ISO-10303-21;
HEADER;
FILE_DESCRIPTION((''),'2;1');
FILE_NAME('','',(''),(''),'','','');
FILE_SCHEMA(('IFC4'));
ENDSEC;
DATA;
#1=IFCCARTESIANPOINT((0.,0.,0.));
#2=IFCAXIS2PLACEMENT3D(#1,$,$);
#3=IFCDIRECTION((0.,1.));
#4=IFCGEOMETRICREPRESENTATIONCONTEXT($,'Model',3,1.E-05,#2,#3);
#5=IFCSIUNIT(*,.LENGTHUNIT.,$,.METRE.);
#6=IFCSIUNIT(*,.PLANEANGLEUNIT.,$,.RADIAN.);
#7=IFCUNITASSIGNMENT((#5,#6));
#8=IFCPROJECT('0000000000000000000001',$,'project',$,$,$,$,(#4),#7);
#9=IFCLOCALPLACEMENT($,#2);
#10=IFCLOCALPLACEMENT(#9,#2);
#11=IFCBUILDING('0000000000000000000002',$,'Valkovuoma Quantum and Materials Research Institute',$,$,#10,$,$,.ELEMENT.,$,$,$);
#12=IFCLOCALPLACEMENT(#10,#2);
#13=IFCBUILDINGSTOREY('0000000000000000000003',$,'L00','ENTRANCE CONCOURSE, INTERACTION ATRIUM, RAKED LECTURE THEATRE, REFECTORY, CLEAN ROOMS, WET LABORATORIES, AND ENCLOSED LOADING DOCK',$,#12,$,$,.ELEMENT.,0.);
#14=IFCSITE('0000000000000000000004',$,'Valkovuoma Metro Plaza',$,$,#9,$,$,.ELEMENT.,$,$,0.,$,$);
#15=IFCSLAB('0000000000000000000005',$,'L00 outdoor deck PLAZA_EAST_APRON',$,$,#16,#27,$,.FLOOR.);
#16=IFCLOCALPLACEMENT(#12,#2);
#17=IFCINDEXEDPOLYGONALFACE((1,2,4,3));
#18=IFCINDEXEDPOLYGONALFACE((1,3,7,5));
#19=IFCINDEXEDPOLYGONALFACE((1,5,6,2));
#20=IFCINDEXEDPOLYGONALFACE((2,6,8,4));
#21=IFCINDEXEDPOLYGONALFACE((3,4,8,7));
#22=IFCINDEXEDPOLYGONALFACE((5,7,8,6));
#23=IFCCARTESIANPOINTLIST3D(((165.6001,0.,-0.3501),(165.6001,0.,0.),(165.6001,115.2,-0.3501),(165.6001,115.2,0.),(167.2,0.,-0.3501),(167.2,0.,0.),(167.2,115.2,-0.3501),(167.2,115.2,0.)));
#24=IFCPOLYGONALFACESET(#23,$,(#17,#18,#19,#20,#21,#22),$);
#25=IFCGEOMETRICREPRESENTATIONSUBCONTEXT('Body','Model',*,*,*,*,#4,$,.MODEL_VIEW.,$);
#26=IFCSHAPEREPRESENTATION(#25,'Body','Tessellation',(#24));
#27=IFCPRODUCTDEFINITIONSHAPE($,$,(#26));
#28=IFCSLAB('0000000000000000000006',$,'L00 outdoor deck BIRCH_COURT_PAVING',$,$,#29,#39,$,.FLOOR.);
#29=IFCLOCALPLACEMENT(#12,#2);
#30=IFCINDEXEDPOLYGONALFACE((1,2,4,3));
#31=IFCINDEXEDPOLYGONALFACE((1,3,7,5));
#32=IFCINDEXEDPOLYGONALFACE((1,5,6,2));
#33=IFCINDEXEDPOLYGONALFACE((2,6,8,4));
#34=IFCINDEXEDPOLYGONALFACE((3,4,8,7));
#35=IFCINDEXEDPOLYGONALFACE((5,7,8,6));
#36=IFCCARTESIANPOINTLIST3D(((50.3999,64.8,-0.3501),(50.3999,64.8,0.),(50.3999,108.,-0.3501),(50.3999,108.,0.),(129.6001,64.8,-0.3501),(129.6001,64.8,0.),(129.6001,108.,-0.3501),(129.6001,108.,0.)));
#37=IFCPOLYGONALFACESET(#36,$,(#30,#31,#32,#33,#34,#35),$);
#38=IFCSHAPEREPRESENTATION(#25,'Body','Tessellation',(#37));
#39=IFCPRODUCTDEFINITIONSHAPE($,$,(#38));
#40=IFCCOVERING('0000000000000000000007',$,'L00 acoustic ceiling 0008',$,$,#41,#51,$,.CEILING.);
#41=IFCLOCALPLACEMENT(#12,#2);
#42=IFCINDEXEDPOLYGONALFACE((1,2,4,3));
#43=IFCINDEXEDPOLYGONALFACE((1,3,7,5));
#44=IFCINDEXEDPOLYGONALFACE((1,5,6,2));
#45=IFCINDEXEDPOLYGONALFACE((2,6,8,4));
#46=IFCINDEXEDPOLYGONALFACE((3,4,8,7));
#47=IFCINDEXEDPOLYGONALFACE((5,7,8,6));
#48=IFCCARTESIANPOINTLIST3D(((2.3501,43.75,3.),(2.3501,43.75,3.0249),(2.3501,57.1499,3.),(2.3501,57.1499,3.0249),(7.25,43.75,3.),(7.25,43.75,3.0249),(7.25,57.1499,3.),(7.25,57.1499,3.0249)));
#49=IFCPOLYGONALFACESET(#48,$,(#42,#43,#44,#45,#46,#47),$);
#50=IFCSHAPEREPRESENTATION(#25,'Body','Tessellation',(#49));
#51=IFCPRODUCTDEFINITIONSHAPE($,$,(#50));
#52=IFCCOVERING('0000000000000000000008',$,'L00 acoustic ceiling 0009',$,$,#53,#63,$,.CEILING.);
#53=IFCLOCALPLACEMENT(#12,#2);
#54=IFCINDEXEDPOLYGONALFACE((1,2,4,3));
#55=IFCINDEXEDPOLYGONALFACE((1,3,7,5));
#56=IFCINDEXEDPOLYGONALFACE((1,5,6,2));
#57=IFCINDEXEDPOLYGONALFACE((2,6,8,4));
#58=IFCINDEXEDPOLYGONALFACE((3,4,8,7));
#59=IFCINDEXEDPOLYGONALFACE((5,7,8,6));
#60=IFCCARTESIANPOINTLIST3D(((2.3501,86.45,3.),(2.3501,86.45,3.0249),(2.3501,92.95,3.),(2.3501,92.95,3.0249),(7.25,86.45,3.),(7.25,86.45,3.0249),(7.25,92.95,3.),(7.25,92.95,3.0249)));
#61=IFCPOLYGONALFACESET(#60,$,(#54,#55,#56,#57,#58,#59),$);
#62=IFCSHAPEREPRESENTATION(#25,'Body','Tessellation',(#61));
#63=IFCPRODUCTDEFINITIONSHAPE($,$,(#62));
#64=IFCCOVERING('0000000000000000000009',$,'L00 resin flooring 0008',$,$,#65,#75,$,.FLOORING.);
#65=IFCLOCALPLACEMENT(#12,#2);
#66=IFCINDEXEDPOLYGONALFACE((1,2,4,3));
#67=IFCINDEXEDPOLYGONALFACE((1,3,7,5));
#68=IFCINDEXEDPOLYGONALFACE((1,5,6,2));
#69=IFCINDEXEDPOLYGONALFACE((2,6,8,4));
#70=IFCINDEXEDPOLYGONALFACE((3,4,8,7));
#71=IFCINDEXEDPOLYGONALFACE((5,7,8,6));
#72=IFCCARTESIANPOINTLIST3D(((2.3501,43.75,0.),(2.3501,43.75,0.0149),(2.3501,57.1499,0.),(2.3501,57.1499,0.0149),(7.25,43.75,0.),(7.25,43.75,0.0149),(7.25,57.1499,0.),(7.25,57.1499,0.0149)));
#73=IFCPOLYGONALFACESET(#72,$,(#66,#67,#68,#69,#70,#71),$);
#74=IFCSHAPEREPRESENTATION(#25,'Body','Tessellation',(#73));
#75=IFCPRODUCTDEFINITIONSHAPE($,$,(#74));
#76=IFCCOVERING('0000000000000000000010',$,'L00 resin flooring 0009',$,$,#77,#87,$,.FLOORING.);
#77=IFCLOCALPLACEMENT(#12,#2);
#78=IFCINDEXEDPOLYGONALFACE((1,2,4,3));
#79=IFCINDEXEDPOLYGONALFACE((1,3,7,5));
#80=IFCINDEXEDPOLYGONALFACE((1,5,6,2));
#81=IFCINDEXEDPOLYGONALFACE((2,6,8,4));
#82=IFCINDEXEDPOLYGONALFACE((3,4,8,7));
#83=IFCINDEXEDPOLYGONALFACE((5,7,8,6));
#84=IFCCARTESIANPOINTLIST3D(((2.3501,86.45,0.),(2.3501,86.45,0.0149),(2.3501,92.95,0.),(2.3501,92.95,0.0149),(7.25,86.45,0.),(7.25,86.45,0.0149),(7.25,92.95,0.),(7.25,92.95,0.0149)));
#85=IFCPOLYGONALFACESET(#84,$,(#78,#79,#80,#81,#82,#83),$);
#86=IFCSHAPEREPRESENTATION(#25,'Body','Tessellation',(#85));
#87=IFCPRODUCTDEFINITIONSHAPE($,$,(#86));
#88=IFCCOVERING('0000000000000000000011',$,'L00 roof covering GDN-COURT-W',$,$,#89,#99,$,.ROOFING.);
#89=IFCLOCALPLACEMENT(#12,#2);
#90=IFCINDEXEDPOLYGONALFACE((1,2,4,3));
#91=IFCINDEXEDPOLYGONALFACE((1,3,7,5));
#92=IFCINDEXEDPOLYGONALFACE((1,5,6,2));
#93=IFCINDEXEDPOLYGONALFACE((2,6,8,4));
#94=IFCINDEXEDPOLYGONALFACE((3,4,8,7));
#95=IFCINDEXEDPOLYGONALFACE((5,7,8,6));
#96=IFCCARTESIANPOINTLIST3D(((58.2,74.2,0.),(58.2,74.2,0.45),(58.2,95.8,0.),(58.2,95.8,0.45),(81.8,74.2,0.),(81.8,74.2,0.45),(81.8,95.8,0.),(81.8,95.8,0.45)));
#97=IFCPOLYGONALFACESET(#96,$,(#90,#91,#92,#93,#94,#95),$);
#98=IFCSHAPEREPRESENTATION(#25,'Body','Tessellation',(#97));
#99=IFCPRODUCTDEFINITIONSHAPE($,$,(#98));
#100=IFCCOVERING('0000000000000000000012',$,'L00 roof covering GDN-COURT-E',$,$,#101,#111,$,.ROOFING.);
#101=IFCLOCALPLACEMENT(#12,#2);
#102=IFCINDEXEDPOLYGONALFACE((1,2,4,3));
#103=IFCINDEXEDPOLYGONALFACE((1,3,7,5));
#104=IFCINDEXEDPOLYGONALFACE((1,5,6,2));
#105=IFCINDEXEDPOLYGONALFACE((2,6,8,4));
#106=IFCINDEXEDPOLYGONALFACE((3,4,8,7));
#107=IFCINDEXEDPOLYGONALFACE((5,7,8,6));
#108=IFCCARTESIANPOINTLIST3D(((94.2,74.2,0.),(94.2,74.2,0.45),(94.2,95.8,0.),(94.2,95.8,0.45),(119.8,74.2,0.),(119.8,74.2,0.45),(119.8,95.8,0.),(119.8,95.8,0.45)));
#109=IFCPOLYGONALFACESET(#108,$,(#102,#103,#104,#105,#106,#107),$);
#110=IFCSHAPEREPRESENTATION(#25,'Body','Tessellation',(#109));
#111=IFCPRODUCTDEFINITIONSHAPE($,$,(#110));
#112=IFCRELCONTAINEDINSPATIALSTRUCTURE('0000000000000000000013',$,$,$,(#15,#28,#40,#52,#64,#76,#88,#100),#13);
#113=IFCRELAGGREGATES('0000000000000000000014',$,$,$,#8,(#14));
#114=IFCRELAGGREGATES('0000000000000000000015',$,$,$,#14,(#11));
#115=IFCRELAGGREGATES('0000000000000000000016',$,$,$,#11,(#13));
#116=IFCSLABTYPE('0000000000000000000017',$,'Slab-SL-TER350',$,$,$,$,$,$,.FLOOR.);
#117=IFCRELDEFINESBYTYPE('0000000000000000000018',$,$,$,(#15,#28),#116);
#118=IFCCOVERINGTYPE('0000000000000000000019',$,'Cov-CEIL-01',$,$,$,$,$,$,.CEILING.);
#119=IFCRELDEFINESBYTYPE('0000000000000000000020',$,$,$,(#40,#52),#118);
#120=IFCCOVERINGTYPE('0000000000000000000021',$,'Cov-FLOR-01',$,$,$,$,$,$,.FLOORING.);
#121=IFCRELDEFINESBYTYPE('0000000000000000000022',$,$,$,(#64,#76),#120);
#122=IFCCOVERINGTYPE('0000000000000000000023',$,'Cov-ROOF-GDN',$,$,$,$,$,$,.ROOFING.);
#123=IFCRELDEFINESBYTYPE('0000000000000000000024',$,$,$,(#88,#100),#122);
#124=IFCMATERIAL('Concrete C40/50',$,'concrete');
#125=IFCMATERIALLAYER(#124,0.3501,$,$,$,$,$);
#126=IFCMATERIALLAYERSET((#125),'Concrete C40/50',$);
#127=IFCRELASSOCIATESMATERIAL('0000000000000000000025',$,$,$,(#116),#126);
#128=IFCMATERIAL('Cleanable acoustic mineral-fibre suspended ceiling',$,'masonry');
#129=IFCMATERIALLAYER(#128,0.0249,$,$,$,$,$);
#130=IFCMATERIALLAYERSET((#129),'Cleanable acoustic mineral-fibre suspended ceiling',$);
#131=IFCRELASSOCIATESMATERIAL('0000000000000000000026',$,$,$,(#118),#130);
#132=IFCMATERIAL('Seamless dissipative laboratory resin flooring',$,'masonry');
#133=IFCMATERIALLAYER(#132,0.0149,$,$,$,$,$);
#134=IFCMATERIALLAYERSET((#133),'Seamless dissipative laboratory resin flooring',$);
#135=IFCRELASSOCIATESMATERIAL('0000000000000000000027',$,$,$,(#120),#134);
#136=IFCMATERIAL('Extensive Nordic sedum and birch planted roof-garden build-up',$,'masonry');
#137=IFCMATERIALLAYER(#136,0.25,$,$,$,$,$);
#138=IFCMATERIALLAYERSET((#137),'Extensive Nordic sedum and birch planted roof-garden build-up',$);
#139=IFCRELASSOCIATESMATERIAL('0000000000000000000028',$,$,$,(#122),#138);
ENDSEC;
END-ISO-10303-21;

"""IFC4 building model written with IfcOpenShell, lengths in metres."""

from ifc_helpers import new_model, si_unit, direction, frame, origin, place, context, subcontext, project, spatial, polyline, outline, extrude, material, layer, layer_set, type_object, element, save


model = new_model("IFC4")

# Units and contexts
model_context = context("Model", 3, precision=1e-05, world=origin(), true_north=direction((0.0, 1.0)))
body_context = subcontext(model_context, "Body", "Model", "MODEL_VIEW")
ifc_project = project(units=[si_unit("LENGTHUNIT", "METRE"), si_unit("PLANEANGLEUNIT", "RADIAN")], contexts=[model_context])

# Site, building, storey
site_placement = place(None, origin())
site = spatial("IfcSite", under=ifc_project, at=site_placement, Name="Valkovuoma Metro Plaza", CompositionType="ELEMENT", RefElevation=0.0)
building_placement = place(site_placement, origin())
building = spatial("IfcBuilding", under=site, at=building_placement, Name="Valkovuoma Quantum and Materials Research Institute", CompositionType="ELEMENT")
storey_placement = place(building_placement, origin())
storey = spatial("IfcBuildingStorey", under=building, at=storey_placement, Name="L00", Description="ENTRANCE CONCOURSE, INTERACTION ATRIUM, RAKED LECTURE THEATRE, REFECTORY, CLEAN ROOMS, WET LABORATORIES, AND ENCLOSED LOADING DOCK", CompositionType="ELEMENT", Elevation=0.0)

# Slabs
ifc_material_1 = material(Name="Concrete C40/50", Category="concrete")
ifc_layer_1 = layer(ifc_material_1, 0.3501)
ifc_layer_set_1 = layer_set([ifc_layer_1], Name="Concrete C40/50")
slab_type_1 = type_object("IfcSlabType", Name="Slab-SL-TER350", PredefinedType="FLOOR", material=ifc_layer_set_1)
slab_1_placement = place(storey_placement, frame((0.0, 0.0, -0.3501)))
element("IfcSlab", 1, at=slab_1_placement, inside=storey, type_object=slab_type_1, Name="L00 outdoor deck PLAZA_EAST_APRON", PredefinedType="FLOOR", context=body_context, shape_type="SweptSolid", body=[
    extrude(outline(polyline([(165.6001, 0.0), (167.2, 0.0), (167.2, 115.2), (165.6001, 115.2), (165.6001, 0.0)])), origin(), (0.0, 0.0, 1.0), 0.3501),
])
slab_2_placement = place(storey_placement, frame((0.0, 0.0, -0.3501)))
element("IfcSlab", 2, at=slab_2_placement, inside=storey, type_object=slab_type_1, Name="L00 outdoor deck BIRCH_COURT_PAVING", PredefinedType="FLOOR", context=body_context, shape_type="SweptSolid", body=[
    extrude(outline(polyline([(50.3999, 64.8), (129.6001, 64.8), (129.6001, 108.0), (50.3999, 108.0), (50.3999, 64.8)])), origin(), (0.0, 0.0, 1.0), 0.3501),
])

# Coverings
ifc_material_2 = material(Name="Cleanable acoustic mineral-fibre suspended ceiling", Category="masonry")
ifc_layer_2 = layer(ifc_material_2, 0.0249)
ifc_layer_set_2 = layer_set([ifc_layer_2], Name="Cleanable acoustic mineral-fibre suspended ceiling")
covering_type_1 = type_object("IfcCoveringType", Name="Cov-CEIL-01", PredefinedType="CEILING", material=ifc_layer_set_2)
covering_1_placement = place(storey_placement, frame((0.0, 0.0, 3.0)))
element("IfcCovering", 3, at=covering_1_placement, inside=storey, type_object=covering_type_1, Name="L00 acoustic ceiling 0008", PredefinedType="CEILING", context=body_context, shape_type="SweptSolid", body=[
    extrude(outline(polyline([(2.3501, 43.75), (7.25, 43.75), (7.25, 57.1499), (2.3501, 57.1499), (2.3501, 43.75)])), origin(), (0.0, 0.0, 1.0), 0.0249),
])
covering_2_placement = place(storey_placement, frame((0.0, 0.0, 3.0)))
element("IfcCovering", 4, at=covering_2_placement, inside=storey, type_object=covering_type_1, Name="L00 acoustic ceiling 0009", PredefinedType="CEILING", context=body_context, shape_type="SweptSolid", body=[
    extrude(outline(polyline([(2.3501, 86.45), (7.25, 86.45), (7.25, 92.95), (2.3501, 92.95), (2.3501, 86.45)])), origin(), (0.0, 0.0, 1.0), 0.0249),
])
ifc_material_3 = material(Name="Seamless dissipative laboratory resin flooring", Category="masonry")
ifc_layer_3 = layer(ifc_material_3, 0.0149)
ifc_layer_set_3 = layer_set([ifc_layer_3], Name="Seamless dissipative laboratory resin flooring")
covering_type_2 = type_object("IfcCoveringType", Name="Cov-FLOR-01", PredefinedType="FLOORING", material=ifc_layer_set_3)
covering_3_placement = place(storey_placement, origin())
element("IfcCovering", 5, at=covering_3_placement, inside=storey, type_object=covering_type_2, Name="L00 resin flooring 0008", PredefinedType="FLOORING", context=body_context, shape_type="SweptSolid", body=[
    extrude(outline(polyline([(2.3501, 43.75), (7.25, 43.75), (7.25, 57.1499), (2.3501, 57.1499), (2.3501, 43.75)])), origin(), (0.0, 0.0, 1.0), 0.0149),
])
covering_4_placement = place(storey_placement, origin())
element("IfcCovering", 6, at=covering_4_placement, inside=storey, type_object=covering_type_2, Name="L00 resin flooring 0009", PredefinedType="FLOORING", context=body_context, shape_type="SweptSolid", body=[
    extrude(outline(polyline([(2.3501, 86.45), (7.25, 86.45), (7.25, 92.95), (2.3501, 92.95), (2.3501, 86.45)])), origin(), (0.0, 0.0, 1.0), 0.0149),
])
ifc_material_4 = material(Name="Extensive Nordic sedum and birch planted roof-garden build-up", Category="masonry")
ifc_layer_4 = layer(ifc_material_4, 0.25)
ifc_layer_set_4 = layer_set([ifc_layer_4], Name="Extensive Nordic sedum and birch planted roof-garden build-up")
covering_type_3 = type_object("IfcCoveringType", Name="Cov-ROOF-GDN", PredefinedType="ROOFING", material=ifc_layer_set_4)
covering_5_placement = place(storey_placement, origin())
element("IfcCovering", 7, at=covering_5_placement, inside=storey, type_object=covering_type_3, Name="L00 roof covering GDN-COURT-W", PredefinedType="ROOFING", context=body_context, shape_type="SweptSolid", body=[
    extrude(outline(polyline([(58.2, 74.2), (81.8, 74.2), (81.8, 95.8), (58.2, 95.8), (58.2, 74.2)])), origin(), (0.0, 0.0, 1.0), 0.45),
])
covering_6_placement = place(storey_placement, origin())
element("IfcCovering", 8, at=covering_6_placement, inside=storey, type_object=covering_type_3, Name="L00 roof covering GDN-COURT-E", PredefinedType="ROOFING", context=body_context, shape_type="SweptSolid", body=[
    extrude(outline(polyline([(94.2, 74.2), (119.8, 74.2), (119.8, 95.8), (94.2, 95.8), (94.2, 74.2)])), origin(), (0.0, 0.0, 1.0), 0.45),
])

save(model, "model.ifc")
